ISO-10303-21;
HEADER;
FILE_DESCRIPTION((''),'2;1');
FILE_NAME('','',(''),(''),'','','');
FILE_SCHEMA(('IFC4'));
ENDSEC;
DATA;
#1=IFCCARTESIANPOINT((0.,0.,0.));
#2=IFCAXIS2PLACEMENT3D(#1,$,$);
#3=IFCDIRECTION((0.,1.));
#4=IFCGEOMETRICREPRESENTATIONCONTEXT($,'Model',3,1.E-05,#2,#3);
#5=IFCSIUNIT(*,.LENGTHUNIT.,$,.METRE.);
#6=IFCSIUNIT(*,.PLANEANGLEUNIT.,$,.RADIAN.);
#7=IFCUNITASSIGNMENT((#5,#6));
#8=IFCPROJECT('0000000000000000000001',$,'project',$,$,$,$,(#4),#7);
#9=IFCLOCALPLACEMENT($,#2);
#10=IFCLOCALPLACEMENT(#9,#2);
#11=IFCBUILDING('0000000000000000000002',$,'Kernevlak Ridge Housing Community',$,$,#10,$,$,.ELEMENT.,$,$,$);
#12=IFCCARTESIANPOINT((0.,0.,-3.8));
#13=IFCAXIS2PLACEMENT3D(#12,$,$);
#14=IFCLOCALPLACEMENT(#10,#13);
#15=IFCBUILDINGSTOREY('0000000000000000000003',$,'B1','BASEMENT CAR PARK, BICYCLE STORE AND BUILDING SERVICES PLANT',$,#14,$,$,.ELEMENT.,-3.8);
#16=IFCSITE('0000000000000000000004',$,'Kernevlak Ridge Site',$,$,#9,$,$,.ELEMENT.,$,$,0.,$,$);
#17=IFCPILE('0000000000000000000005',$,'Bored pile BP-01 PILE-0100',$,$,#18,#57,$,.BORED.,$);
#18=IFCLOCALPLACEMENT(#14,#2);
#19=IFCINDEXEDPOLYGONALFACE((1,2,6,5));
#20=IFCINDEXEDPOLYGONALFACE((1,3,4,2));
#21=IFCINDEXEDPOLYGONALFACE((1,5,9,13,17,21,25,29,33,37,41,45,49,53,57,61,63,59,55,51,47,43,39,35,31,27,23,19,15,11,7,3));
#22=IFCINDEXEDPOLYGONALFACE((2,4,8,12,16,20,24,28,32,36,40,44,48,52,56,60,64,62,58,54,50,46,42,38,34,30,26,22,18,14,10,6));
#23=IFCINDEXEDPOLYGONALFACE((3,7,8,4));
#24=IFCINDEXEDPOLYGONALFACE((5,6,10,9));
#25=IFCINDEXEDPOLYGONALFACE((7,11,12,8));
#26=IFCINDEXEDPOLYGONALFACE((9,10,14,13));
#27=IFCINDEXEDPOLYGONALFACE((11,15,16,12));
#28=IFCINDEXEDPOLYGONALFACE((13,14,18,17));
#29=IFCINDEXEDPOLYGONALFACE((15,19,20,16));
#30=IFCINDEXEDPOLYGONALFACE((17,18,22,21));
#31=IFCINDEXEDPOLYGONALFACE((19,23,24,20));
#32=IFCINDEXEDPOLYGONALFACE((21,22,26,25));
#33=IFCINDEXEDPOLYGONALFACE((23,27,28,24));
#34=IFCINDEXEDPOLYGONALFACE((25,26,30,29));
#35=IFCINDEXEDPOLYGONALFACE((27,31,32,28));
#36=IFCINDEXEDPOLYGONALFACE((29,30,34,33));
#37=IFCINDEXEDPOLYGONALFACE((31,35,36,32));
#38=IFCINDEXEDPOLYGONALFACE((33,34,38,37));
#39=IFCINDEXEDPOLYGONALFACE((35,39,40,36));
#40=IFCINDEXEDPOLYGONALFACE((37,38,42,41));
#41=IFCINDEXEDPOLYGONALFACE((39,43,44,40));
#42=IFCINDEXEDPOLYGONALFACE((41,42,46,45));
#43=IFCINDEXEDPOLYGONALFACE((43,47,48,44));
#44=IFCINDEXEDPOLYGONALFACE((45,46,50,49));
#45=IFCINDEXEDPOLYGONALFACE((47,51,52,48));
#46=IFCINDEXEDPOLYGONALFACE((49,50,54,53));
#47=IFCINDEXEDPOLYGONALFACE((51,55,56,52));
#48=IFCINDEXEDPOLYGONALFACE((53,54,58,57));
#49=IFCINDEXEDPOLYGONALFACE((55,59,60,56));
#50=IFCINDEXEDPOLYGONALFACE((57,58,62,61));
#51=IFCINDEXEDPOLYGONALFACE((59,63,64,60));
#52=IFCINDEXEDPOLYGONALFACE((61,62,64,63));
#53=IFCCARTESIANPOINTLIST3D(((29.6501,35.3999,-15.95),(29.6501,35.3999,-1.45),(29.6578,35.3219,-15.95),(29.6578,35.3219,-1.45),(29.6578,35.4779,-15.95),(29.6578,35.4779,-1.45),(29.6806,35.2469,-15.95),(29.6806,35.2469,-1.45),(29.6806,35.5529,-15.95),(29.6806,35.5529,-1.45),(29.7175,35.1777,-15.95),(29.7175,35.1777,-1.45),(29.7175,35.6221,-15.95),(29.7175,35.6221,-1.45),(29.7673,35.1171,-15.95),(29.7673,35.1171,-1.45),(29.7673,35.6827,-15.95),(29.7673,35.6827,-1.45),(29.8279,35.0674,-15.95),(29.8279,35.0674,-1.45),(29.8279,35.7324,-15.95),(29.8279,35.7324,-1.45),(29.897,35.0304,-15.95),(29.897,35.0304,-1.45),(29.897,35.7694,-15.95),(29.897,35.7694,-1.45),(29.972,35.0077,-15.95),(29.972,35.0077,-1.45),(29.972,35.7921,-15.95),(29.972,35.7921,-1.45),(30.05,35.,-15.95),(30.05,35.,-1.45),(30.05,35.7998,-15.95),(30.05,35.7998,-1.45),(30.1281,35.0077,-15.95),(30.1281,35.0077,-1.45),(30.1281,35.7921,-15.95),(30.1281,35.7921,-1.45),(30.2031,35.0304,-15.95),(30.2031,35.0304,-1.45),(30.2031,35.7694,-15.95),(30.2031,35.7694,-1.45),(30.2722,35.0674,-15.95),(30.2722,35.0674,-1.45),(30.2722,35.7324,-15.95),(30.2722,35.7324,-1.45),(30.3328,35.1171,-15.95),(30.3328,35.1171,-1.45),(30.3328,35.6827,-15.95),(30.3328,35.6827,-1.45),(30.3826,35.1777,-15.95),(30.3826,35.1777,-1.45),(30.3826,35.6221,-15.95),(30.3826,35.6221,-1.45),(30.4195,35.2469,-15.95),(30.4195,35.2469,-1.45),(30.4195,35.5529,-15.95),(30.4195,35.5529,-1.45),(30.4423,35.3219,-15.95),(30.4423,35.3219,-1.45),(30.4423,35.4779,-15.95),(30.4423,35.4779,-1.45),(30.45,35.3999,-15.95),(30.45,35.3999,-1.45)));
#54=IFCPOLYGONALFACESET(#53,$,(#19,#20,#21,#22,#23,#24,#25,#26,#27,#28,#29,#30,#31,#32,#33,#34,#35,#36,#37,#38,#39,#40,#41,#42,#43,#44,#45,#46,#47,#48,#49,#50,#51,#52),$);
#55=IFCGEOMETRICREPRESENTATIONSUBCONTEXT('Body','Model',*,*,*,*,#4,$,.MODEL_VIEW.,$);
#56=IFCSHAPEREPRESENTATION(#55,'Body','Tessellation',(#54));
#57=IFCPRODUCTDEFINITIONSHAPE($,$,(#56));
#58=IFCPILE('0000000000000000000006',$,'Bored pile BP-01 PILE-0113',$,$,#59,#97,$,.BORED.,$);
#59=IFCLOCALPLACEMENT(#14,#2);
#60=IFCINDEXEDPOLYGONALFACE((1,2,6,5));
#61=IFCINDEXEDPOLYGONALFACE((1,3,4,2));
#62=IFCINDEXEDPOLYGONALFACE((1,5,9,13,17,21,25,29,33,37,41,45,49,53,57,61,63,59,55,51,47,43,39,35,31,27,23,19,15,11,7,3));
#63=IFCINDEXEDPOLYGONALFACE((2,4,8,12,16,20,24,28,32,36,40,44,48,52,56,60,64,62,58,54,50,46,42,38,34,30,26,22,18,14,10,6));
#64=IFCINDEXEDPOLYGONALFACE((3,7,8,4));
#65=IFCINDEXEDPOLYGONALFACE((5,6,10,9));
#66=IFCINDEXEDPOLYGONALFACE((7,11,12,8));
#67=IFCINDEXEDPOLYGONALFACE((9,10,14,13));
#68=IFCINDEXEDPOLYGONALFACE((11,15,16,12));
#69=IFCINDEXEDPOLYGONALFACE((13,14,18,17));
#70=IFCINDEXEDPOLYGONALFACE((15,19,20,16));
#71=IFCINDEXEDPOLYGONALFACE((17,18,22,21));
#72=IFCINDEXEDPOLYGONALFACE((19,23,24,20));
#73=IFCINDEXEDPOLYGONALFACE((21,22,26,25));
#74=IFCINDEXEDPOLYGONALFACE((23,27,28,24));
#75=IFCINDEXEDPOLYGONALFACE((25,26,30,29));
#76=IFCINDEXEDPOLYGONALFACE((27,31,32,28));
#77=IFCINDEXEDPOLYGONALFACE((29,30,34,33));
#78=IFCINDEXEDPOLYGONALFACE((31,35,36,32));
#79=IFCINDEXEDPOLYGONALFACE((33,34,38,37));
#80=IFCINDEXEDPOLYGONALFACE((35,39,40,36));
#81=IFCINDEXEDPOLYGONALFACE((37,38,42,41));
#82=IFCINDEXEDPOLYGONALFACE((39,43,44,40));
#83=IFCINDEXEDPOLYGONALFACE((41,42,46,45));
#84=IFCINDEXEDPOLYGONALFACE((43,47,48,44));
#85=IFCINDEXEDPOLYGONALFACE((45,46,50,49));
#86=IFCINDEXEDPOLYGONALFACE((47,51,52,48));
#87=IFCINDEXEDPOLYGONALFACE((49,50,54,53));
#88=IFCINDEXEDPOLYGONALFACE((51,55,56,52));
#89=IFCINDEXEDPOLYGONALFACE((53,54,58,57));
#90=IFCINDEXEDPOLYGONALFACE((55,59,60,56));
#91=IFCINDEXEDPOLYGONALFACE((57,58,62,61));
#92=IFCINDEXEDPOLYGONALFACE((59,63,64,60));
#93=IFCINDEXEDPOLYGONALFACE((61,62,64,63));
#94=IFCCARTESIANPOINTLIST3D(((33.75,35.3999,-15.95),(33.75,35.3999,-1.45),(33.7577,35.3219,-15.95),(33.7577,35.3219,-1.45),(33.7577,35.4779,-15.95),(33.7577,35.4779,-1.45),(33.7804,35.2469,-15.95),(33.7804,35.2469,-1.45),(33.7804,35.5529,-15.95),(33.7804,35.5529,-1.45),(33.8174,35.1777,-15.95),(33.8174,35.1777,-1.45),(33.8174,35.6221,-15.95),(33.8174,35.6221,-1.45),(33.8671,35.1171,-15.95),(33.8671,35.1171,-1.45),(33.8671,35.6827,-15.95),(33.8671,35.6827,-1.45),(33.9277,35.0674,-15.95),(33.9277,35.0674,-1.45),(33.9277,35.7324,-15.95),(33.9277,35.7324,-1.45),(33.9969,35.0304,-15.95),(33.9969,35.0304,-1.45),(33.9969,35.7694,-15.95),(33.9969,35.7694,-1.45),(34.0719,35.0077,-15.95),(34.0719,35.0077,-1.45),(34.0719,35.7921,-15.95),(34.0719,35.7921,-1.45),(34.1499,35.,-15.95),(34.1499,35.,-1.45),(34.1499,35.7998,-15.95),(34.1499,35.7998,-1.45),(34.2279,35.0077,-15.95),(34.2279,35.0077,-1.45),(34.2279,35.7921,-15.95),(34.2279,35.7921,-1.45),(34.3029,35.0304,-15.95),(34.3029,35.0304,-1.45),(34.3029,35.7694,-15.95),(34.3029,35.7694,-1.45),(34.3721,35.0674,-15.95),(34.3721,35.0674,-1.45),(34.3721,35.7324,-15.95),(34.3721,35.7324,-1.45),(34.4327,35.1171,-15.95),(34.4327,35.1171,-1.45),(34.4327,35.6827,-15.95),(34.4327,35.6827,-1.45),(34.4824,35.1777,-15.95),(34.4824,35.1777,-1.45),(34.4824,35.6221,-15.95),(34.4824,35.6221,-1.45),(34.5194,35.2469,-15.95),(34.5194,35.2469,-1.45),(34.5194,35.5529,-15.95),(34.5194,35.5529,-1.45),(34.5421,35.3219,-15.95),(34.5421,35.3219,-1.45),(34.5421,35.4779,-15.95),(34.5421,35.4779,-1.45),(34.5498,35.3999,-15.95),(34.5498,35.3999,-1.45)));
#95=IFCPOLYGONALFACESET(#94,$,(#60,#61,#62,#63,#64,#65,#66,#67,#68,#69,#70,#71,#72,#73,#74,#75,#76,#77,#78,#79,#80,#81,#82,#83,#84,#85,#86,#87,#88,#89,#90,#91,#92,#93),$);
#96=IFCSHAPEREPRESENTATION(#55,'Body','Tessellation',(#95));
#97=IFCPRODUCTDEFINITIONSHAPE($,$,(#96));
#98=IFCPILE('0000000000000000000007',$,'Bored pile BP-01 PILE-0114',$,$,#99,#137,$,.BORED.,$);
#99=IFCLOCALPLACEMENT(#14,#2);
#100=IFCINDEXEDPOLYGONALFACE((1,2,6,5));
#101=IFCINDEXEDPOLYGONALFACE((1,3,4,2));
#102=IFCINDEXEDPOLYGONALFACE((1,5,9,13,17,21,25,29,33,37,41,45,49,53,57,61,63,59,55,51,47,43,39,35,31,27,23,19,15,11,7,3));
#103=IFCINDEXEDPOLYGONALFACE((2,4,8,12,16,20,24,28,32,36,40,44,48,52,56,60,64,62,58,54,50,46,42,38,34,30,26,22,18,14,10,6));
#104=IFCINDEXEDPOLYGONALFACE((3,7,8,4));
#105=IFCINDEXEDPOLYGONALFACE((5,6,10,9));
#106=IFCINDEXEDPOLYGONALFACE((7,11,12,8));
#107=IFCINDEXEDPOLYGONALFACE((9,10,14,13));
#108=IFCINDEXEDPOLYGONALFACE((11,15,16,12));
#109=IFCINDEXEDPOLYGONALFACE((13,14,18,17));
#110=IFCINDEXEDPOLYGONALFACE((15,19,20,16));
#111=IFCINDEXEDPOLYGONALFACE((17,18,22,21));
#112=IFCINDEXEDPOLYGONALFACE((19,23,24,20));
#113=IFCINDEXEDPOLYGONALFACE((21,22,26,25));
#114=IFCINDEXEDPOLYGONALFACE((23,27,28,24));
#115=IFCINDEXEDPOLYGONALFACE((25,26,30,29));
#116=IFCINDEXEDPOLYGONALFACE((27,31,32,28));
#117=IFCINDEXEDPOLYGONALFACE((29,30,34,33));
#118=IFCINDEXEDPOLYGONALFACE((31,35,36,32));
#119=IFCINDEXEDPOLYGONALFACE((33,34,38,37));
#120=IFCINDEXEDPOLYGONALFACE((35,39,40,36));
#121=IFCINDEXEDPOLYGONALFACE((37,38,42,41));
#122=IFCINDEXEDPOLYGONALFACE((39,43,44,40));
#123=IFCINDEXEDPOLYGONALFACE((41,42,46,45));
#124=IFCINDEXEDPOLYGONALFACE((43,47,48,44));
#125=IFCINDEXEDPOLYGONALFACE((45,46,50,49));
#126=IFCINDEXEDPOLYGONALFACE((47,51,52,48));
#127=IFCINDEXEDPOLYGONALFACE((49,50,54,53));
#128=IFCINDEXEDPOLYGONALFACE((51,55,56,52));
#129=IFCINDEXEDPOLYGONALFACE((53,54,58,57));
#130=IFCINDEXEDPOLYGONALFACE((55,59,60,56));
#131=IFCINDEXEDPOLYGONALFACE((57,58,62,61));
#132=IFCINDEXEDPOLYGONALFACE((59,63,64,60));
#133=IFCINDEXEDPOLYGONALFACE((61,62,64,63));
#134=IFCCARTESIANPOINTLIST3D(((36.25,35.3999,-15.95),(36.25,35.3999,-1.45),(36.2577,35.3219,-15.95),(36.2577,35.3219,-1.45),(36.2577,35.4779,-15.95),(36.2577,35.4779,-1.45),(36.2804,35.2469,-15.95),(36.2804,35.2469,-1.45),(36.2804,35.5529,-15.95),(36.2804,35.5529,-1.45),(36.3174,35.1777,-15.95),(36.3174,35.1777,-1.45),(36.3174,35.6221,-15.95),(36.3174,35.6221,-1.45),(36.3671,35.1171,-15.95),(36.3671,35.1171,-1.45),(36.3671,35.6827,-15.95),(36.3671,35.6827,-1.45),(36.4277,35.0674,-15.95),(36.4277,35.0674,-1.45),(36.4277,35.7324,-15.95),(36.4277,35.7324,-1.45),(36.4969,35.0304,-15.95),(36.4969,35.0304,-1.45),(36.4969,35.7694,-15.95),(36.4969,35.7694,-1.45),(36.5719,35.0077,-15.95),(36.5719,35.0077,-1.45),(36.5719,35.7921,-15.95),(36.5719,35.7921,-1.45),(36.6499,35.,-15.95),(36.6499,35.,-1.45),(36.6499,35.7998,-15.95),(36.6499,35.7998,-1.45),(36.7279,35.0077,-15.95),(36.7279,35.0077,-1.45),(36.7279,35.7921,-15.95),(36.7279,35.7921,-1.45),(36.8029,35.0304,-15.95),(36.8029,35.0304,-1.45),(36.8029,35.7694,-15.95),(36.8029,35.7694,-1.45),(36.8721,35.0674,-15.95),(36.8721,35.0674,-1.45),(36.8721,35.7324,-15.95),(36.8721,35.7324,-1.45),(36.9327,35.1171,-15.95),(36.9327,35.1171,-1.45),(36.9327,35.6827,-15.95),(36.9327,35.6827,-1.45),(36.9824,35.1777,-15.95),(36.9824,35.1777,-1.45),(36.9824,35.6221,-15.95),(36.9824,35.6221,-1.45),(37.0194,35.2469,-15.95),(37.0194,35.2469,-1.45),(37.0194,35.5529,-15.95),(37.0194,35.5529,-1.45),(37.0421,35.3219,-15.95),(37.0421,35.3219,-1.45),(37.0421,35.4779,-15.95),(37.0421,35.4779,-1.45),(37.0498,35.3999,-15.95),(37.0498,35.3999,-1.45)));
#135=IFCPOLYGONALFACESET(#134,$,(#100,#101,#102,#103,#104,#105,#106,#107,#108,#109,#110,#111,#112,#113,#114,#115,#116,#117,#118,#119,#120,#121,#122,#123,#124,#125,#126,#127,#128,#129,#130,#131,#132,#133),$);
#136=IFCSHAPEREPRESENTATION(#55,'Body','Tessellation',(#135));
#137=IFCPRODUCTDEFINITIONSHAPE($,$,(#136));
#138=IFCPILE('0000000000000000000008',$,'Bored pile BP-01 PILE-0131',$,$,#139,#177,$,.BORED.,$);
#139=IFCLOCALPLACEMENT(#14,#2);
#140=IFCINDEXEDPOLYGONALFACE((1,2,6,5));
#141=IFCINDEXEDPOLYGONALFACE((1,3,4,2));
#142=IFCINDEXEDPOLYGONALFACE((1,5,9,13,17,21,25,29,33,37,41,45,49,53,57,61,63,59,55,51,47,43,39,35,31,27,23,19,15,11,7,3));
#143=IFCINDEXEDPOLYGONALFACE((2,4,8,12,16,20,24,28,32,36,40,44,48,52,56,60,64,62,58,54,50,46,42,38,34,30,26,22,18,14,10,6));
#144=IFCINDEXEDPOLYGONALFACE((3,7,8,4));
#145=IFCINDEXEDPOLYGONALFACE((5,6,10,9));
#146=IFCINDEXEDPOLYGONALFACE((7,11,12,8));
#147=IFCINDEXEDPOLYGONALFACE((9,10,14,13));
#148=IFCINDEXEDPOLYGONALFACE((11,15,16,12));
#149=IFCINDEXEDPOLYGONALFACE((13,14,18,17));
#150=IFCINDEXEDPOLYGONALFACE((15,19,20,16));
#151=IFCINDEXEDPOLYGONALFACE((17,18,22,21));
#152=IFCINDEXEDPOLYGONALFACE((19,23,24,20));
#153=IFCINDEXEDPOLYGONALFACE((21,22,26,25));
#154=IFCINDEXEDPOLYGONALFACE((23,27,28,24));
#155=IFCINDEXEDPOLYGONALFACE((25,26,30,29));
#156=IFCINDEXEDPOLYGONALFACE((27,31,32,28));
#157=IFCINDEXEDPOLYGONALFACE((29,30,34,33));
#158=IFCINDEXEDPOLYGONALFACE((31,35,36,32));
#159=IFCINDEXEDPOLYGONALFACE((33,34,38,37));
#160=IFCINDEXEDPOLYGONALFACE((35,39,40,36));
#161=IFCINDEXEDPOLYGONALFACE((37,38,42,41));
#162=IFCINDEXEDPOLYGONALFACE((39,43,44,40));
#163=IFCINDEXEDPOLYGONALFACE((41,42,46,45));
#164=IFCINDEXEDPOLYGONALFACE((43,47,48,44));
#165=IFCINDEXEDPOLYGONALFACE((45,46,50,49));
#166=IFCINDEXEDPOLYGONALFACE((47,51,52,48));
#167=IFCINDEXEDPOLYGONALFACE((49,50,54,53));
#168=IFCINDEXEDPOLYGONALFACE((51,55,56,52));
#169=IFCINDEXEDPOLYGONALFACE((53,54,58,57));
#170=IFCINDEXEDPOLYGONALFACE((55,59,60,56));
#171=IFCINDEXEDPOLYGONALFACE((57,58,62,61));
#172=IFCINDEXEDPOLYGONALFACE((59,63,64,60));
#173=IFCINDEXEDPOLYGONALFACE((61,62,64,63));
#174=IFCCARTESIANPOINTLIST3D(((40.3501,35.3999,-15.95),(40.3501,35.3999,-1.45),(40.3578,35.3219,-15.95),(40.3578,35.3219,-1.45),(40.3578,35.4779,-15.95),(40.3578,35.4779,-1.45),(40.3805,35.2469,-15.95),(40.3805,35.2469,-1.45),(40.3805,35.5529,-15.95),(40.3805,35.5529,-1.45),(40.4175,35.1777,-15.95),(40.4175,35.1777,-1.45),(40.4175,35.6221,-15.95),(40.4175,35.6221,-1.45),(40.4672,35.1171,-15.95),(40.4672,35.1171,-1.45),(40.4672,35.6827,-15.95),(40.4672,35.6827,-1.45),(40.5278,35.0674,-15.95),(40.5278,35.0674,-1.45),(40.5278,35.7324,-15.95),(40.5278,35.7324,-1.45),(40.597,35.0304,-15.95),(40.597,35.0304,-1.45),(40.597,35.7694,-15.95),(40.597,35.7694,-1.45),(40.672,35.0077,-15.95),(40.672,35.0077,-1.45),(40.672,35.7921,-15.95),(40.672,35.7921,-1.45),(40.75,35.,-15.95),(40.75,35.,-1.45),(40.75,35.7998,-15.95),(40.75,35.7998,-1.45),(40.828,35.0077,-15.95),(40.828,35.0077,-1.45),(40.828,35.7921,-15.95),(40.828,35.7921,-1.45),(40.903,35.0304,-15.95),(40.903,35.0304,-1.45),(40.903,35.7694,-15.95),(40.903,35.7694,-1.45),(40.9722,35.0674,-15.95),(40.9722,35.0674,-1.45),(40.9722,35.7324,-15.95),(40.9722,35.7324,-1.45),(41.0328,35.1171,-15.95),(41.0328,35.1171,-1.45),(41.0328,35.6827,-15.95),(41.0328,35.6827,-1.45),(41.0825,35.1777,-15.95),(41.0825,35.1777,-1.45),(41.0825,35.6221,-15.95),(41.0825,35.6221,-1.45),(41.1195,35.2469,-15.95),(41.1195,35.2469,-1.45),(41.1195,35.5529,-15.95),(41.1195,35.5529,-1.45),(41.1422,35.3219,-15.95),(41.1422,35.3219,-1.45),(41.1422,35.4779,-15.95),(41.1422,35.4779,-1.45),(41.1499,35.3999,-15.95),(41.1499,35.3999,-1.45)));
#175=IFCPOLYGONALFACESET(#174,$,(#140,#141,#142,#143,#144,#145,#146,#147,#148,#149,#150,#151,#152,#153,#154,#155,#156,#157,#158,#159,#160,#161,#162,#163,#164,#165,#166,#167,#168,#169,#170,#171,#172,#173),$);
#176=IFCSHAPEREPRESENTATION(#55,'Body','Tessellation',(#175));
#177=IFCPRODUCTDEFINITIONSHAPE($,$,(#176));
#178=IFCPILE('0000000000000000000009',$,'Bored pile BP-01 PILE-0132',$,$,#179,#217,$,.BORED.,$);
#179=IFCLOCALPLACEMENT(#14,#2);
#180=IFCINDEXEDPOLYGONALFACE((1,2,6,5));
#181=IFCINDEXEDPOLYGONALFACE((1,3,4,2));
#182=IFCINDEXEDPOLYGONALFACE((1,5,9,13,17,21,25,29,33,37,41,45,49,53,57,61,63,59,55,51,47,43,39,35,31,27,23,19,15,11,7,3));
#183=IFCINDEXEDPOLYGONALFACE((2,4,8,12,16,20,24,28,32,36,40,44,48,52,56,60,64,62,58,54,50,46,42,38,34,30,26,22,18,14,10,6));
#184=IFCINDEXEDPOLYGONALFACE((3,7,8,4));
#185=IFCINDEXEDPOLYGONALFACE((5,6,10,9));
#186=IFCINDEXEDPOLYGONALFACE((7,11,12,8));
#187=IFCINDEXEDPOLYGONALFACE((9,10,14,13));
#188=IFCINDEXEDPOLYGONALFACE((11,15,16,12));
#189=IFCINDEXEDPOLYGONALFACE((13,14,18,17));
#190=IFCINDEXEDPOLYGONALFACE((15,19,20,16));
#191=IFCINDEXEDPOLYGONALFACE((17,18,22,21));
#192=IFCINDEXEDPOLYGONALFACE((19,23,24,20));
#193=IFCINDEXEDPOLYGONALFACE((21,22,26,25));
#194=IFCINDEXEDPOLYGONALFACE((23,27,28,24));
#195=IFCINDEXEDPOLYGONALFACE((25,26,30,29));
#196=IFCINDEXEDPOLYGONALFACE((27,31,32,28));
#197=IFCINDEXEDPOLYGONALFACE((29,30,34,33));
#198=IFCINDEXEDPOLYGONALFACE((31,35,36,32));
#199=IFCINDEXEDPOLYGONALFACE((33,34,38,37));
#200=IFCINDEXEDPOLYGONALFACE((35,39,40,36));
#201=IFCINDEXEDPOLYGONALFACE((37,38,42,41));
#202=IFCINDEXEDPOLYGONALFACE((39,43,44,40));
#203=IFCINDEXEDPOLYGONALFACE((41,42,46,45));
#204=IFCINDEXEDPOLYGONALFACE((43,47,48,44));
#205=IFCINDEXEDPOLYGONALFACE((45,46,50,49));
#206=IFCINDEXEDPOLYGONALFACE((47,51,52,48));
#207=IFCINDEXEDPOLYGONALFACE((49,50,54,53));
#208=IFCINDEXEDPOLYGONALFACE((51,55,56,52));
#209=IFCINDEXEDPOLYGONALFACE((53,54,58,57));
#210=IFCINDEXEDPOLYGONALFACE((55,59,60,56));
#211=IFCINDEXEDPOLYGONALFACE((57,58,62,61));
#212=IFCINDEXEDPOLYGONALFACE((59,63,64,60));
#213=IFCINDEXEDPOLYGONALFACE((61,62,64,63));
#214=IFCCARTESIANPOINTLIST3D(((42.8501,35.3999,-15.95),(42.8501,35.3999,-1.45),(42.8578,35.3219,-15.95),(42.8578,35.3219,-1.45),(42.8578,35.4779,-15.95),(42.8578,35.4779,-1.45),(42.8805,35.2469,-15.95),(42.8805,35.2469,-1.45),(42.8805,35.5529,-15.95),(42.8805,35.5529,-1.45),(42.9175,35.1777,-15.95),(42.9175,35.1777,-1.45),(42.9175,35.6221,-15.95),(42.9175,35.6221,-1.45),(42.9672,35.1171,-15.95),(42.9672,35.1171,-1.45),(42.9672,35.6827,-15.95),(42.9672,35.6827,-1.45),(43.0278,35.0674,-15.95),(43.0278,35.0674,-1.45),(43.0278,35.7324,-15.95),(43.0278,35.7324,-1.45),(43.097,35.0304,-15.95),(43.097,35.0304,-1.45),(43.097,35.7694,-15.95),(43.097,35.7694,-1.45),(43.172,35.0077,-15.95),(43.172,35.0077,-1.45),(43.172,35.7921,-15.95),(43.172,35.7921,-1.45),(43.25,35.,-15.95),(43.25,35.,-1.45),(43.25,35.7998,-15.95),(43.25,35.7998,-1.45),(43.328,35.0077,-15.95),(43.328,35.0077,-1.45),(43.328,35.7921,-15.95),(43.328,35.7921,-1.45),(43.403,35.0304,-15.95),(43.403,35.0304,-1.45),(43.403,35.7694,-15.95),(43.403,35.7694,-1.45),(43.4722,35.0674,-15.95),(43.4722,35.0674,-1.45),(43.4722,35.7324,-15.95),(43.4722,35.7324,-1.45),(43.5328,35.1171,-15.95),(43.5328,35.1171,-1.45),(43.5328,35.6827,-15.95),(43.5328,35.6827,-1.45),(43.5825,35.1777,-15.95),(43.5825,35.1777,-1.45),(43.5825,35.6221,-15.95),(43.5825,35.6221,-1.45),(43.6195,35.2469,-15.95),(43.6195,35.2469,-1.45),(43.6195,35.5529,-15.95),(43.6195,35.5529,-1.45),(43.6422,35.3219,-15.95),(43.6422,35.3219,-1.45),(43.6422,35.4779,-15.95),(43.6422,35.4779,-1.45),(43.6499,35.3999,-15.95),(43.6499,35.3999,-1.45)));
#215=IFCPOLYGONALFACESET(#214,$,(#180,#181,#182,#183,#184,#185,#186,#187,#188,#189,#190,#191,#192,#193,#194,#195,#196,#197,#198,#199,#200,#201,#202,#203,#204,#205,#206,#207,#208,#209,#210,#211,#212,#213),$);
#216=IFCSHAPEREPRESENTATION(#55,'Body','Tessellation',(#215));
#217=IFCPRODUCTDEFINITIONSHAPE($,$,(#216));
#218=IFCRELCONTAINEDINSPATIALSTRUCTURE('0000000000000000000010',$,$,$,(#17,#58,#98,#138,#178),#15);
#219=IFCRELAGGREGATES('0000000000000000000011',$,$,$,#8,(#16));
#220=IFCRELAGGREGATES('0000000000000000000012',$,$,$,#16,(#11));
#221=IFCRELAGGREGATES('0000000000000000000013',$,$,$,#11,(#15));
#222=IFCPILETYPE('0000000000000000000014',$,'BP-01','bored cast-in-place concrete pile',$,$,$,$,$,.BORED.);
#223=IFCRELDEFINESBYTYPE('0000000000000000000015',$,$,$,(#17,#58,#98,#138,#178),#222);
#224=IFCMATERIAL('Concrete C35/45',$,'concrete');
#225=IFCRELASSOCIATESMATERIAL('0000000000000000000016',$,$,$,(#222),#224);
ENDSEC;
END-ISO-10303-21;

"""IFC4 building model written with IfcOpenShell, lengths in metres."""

from ifc_helpers import new_model, si_unit, direction, frame, origin, origin_2d, place, context, subcontext, project, spatial, circle, extrude, material, material_profile, profile_set, type_object, element, save


model = new_model("IFC4")

# Units and contexts
model_context = context("Model", 3, precision=1e-05, world=origin(), true_north=direction((0.0, 1.0)))
body_context = subcontext(model_context, "Body", "Model", "MODEL_VIEW")
ifc_project = project(units=[si_unit("LENGTHUNIT", "METRE"), si_unit("PLANEANGLEUNIT", "RADIAN")], contexts=[model_context])

# Site, building, storey
site_placement = place(None, origin())
site = spatial("IfcSite", under=ifc_project, at=site_placement, Name="Kernevlak Ridge Site", CompositionType="ELEMENT", RefElevation=0.0)
building_placement = place(site_placement, origin())
building = spatial("IfcBuilding", under=site, at=building_placement, Name="Kernevlak Ridge Housing Community", CompositionType="ELEMENT")
storey_placement = place(building_placement, frame((0.0, 0.0, -3.8)))
storey = spatial("IfcBuildingStorey", under=building, at=storey_placement, Name="B1", Description="BASEMENT CAR PARK, BICYCLE STORE AND BUILDING SERVICES PLANT", CompositionType="ELEMENT", Elevation=-3.8)

# Piles
ifc_material_1 = material(Name="Concrete C35/45", Category="concrete")
ifc_material_profile_1 = material_profile(ifc_material_1, circle(Radius=0.3999, at=origin_2d()), Name="BORED PILE 800")
ifc_profile_set_1 = profile_set([ifc_material_profile_1], Name="Concrete C35/45")
pile_type = type_object("IfcPileType", Name="BP-01", Description="bored cast-in-place concrete pile", PredefinedType="BORED", material=ifc_profile_set_1)
for number, where, z_axis, x_axis, name in (
    (1, (30.05, 35.3999, -1.45), (0.0, 0.0, -1.0), (1.0, 0.0, 0.0), "Bored pile BP-01 PILE-0100"),
    (2, (34.1499, 35.3999, -1.45), (0.0, 0.0, -1.0), (1.0, 0.0, 0.0), "Bored pile BP-01 PILE-0113"),
    (3, (36.6499, 35.3999, -1.45), (0.0, 0.0, -1.0), (1.0, 0.0, 0.0), "Bored pile BP-01 PILE-0114"),
    (4, (40.75, 35.3999, -1.45), (0.0, 0.0, -1.0), (1.0, 0.0, 0.0), "Bored pile BP-01 PILE-0131"),
    (5, (43.25, 35.3999, -1.45), (0.0, 0.0, -1.0), (1.0, 0.0, 0.0), "Bored pile BP-01 PILE-0132"),
):
    element("IfcPile", number, at=place(storey_placement, frame(where, z_axis=z_axis, x_axis=x_axis)), inside=storey, type_object=pile_type, Name=name, PredefinedType="BORED", context=body_context, shape_type="SweptSolid", body=[
        extrude(circle(Radius=0.3999, at=origin_2d()), origin(), (0.0, 0.0, 1.0), 14.5),
    ])

save(model, "model.ifc")
